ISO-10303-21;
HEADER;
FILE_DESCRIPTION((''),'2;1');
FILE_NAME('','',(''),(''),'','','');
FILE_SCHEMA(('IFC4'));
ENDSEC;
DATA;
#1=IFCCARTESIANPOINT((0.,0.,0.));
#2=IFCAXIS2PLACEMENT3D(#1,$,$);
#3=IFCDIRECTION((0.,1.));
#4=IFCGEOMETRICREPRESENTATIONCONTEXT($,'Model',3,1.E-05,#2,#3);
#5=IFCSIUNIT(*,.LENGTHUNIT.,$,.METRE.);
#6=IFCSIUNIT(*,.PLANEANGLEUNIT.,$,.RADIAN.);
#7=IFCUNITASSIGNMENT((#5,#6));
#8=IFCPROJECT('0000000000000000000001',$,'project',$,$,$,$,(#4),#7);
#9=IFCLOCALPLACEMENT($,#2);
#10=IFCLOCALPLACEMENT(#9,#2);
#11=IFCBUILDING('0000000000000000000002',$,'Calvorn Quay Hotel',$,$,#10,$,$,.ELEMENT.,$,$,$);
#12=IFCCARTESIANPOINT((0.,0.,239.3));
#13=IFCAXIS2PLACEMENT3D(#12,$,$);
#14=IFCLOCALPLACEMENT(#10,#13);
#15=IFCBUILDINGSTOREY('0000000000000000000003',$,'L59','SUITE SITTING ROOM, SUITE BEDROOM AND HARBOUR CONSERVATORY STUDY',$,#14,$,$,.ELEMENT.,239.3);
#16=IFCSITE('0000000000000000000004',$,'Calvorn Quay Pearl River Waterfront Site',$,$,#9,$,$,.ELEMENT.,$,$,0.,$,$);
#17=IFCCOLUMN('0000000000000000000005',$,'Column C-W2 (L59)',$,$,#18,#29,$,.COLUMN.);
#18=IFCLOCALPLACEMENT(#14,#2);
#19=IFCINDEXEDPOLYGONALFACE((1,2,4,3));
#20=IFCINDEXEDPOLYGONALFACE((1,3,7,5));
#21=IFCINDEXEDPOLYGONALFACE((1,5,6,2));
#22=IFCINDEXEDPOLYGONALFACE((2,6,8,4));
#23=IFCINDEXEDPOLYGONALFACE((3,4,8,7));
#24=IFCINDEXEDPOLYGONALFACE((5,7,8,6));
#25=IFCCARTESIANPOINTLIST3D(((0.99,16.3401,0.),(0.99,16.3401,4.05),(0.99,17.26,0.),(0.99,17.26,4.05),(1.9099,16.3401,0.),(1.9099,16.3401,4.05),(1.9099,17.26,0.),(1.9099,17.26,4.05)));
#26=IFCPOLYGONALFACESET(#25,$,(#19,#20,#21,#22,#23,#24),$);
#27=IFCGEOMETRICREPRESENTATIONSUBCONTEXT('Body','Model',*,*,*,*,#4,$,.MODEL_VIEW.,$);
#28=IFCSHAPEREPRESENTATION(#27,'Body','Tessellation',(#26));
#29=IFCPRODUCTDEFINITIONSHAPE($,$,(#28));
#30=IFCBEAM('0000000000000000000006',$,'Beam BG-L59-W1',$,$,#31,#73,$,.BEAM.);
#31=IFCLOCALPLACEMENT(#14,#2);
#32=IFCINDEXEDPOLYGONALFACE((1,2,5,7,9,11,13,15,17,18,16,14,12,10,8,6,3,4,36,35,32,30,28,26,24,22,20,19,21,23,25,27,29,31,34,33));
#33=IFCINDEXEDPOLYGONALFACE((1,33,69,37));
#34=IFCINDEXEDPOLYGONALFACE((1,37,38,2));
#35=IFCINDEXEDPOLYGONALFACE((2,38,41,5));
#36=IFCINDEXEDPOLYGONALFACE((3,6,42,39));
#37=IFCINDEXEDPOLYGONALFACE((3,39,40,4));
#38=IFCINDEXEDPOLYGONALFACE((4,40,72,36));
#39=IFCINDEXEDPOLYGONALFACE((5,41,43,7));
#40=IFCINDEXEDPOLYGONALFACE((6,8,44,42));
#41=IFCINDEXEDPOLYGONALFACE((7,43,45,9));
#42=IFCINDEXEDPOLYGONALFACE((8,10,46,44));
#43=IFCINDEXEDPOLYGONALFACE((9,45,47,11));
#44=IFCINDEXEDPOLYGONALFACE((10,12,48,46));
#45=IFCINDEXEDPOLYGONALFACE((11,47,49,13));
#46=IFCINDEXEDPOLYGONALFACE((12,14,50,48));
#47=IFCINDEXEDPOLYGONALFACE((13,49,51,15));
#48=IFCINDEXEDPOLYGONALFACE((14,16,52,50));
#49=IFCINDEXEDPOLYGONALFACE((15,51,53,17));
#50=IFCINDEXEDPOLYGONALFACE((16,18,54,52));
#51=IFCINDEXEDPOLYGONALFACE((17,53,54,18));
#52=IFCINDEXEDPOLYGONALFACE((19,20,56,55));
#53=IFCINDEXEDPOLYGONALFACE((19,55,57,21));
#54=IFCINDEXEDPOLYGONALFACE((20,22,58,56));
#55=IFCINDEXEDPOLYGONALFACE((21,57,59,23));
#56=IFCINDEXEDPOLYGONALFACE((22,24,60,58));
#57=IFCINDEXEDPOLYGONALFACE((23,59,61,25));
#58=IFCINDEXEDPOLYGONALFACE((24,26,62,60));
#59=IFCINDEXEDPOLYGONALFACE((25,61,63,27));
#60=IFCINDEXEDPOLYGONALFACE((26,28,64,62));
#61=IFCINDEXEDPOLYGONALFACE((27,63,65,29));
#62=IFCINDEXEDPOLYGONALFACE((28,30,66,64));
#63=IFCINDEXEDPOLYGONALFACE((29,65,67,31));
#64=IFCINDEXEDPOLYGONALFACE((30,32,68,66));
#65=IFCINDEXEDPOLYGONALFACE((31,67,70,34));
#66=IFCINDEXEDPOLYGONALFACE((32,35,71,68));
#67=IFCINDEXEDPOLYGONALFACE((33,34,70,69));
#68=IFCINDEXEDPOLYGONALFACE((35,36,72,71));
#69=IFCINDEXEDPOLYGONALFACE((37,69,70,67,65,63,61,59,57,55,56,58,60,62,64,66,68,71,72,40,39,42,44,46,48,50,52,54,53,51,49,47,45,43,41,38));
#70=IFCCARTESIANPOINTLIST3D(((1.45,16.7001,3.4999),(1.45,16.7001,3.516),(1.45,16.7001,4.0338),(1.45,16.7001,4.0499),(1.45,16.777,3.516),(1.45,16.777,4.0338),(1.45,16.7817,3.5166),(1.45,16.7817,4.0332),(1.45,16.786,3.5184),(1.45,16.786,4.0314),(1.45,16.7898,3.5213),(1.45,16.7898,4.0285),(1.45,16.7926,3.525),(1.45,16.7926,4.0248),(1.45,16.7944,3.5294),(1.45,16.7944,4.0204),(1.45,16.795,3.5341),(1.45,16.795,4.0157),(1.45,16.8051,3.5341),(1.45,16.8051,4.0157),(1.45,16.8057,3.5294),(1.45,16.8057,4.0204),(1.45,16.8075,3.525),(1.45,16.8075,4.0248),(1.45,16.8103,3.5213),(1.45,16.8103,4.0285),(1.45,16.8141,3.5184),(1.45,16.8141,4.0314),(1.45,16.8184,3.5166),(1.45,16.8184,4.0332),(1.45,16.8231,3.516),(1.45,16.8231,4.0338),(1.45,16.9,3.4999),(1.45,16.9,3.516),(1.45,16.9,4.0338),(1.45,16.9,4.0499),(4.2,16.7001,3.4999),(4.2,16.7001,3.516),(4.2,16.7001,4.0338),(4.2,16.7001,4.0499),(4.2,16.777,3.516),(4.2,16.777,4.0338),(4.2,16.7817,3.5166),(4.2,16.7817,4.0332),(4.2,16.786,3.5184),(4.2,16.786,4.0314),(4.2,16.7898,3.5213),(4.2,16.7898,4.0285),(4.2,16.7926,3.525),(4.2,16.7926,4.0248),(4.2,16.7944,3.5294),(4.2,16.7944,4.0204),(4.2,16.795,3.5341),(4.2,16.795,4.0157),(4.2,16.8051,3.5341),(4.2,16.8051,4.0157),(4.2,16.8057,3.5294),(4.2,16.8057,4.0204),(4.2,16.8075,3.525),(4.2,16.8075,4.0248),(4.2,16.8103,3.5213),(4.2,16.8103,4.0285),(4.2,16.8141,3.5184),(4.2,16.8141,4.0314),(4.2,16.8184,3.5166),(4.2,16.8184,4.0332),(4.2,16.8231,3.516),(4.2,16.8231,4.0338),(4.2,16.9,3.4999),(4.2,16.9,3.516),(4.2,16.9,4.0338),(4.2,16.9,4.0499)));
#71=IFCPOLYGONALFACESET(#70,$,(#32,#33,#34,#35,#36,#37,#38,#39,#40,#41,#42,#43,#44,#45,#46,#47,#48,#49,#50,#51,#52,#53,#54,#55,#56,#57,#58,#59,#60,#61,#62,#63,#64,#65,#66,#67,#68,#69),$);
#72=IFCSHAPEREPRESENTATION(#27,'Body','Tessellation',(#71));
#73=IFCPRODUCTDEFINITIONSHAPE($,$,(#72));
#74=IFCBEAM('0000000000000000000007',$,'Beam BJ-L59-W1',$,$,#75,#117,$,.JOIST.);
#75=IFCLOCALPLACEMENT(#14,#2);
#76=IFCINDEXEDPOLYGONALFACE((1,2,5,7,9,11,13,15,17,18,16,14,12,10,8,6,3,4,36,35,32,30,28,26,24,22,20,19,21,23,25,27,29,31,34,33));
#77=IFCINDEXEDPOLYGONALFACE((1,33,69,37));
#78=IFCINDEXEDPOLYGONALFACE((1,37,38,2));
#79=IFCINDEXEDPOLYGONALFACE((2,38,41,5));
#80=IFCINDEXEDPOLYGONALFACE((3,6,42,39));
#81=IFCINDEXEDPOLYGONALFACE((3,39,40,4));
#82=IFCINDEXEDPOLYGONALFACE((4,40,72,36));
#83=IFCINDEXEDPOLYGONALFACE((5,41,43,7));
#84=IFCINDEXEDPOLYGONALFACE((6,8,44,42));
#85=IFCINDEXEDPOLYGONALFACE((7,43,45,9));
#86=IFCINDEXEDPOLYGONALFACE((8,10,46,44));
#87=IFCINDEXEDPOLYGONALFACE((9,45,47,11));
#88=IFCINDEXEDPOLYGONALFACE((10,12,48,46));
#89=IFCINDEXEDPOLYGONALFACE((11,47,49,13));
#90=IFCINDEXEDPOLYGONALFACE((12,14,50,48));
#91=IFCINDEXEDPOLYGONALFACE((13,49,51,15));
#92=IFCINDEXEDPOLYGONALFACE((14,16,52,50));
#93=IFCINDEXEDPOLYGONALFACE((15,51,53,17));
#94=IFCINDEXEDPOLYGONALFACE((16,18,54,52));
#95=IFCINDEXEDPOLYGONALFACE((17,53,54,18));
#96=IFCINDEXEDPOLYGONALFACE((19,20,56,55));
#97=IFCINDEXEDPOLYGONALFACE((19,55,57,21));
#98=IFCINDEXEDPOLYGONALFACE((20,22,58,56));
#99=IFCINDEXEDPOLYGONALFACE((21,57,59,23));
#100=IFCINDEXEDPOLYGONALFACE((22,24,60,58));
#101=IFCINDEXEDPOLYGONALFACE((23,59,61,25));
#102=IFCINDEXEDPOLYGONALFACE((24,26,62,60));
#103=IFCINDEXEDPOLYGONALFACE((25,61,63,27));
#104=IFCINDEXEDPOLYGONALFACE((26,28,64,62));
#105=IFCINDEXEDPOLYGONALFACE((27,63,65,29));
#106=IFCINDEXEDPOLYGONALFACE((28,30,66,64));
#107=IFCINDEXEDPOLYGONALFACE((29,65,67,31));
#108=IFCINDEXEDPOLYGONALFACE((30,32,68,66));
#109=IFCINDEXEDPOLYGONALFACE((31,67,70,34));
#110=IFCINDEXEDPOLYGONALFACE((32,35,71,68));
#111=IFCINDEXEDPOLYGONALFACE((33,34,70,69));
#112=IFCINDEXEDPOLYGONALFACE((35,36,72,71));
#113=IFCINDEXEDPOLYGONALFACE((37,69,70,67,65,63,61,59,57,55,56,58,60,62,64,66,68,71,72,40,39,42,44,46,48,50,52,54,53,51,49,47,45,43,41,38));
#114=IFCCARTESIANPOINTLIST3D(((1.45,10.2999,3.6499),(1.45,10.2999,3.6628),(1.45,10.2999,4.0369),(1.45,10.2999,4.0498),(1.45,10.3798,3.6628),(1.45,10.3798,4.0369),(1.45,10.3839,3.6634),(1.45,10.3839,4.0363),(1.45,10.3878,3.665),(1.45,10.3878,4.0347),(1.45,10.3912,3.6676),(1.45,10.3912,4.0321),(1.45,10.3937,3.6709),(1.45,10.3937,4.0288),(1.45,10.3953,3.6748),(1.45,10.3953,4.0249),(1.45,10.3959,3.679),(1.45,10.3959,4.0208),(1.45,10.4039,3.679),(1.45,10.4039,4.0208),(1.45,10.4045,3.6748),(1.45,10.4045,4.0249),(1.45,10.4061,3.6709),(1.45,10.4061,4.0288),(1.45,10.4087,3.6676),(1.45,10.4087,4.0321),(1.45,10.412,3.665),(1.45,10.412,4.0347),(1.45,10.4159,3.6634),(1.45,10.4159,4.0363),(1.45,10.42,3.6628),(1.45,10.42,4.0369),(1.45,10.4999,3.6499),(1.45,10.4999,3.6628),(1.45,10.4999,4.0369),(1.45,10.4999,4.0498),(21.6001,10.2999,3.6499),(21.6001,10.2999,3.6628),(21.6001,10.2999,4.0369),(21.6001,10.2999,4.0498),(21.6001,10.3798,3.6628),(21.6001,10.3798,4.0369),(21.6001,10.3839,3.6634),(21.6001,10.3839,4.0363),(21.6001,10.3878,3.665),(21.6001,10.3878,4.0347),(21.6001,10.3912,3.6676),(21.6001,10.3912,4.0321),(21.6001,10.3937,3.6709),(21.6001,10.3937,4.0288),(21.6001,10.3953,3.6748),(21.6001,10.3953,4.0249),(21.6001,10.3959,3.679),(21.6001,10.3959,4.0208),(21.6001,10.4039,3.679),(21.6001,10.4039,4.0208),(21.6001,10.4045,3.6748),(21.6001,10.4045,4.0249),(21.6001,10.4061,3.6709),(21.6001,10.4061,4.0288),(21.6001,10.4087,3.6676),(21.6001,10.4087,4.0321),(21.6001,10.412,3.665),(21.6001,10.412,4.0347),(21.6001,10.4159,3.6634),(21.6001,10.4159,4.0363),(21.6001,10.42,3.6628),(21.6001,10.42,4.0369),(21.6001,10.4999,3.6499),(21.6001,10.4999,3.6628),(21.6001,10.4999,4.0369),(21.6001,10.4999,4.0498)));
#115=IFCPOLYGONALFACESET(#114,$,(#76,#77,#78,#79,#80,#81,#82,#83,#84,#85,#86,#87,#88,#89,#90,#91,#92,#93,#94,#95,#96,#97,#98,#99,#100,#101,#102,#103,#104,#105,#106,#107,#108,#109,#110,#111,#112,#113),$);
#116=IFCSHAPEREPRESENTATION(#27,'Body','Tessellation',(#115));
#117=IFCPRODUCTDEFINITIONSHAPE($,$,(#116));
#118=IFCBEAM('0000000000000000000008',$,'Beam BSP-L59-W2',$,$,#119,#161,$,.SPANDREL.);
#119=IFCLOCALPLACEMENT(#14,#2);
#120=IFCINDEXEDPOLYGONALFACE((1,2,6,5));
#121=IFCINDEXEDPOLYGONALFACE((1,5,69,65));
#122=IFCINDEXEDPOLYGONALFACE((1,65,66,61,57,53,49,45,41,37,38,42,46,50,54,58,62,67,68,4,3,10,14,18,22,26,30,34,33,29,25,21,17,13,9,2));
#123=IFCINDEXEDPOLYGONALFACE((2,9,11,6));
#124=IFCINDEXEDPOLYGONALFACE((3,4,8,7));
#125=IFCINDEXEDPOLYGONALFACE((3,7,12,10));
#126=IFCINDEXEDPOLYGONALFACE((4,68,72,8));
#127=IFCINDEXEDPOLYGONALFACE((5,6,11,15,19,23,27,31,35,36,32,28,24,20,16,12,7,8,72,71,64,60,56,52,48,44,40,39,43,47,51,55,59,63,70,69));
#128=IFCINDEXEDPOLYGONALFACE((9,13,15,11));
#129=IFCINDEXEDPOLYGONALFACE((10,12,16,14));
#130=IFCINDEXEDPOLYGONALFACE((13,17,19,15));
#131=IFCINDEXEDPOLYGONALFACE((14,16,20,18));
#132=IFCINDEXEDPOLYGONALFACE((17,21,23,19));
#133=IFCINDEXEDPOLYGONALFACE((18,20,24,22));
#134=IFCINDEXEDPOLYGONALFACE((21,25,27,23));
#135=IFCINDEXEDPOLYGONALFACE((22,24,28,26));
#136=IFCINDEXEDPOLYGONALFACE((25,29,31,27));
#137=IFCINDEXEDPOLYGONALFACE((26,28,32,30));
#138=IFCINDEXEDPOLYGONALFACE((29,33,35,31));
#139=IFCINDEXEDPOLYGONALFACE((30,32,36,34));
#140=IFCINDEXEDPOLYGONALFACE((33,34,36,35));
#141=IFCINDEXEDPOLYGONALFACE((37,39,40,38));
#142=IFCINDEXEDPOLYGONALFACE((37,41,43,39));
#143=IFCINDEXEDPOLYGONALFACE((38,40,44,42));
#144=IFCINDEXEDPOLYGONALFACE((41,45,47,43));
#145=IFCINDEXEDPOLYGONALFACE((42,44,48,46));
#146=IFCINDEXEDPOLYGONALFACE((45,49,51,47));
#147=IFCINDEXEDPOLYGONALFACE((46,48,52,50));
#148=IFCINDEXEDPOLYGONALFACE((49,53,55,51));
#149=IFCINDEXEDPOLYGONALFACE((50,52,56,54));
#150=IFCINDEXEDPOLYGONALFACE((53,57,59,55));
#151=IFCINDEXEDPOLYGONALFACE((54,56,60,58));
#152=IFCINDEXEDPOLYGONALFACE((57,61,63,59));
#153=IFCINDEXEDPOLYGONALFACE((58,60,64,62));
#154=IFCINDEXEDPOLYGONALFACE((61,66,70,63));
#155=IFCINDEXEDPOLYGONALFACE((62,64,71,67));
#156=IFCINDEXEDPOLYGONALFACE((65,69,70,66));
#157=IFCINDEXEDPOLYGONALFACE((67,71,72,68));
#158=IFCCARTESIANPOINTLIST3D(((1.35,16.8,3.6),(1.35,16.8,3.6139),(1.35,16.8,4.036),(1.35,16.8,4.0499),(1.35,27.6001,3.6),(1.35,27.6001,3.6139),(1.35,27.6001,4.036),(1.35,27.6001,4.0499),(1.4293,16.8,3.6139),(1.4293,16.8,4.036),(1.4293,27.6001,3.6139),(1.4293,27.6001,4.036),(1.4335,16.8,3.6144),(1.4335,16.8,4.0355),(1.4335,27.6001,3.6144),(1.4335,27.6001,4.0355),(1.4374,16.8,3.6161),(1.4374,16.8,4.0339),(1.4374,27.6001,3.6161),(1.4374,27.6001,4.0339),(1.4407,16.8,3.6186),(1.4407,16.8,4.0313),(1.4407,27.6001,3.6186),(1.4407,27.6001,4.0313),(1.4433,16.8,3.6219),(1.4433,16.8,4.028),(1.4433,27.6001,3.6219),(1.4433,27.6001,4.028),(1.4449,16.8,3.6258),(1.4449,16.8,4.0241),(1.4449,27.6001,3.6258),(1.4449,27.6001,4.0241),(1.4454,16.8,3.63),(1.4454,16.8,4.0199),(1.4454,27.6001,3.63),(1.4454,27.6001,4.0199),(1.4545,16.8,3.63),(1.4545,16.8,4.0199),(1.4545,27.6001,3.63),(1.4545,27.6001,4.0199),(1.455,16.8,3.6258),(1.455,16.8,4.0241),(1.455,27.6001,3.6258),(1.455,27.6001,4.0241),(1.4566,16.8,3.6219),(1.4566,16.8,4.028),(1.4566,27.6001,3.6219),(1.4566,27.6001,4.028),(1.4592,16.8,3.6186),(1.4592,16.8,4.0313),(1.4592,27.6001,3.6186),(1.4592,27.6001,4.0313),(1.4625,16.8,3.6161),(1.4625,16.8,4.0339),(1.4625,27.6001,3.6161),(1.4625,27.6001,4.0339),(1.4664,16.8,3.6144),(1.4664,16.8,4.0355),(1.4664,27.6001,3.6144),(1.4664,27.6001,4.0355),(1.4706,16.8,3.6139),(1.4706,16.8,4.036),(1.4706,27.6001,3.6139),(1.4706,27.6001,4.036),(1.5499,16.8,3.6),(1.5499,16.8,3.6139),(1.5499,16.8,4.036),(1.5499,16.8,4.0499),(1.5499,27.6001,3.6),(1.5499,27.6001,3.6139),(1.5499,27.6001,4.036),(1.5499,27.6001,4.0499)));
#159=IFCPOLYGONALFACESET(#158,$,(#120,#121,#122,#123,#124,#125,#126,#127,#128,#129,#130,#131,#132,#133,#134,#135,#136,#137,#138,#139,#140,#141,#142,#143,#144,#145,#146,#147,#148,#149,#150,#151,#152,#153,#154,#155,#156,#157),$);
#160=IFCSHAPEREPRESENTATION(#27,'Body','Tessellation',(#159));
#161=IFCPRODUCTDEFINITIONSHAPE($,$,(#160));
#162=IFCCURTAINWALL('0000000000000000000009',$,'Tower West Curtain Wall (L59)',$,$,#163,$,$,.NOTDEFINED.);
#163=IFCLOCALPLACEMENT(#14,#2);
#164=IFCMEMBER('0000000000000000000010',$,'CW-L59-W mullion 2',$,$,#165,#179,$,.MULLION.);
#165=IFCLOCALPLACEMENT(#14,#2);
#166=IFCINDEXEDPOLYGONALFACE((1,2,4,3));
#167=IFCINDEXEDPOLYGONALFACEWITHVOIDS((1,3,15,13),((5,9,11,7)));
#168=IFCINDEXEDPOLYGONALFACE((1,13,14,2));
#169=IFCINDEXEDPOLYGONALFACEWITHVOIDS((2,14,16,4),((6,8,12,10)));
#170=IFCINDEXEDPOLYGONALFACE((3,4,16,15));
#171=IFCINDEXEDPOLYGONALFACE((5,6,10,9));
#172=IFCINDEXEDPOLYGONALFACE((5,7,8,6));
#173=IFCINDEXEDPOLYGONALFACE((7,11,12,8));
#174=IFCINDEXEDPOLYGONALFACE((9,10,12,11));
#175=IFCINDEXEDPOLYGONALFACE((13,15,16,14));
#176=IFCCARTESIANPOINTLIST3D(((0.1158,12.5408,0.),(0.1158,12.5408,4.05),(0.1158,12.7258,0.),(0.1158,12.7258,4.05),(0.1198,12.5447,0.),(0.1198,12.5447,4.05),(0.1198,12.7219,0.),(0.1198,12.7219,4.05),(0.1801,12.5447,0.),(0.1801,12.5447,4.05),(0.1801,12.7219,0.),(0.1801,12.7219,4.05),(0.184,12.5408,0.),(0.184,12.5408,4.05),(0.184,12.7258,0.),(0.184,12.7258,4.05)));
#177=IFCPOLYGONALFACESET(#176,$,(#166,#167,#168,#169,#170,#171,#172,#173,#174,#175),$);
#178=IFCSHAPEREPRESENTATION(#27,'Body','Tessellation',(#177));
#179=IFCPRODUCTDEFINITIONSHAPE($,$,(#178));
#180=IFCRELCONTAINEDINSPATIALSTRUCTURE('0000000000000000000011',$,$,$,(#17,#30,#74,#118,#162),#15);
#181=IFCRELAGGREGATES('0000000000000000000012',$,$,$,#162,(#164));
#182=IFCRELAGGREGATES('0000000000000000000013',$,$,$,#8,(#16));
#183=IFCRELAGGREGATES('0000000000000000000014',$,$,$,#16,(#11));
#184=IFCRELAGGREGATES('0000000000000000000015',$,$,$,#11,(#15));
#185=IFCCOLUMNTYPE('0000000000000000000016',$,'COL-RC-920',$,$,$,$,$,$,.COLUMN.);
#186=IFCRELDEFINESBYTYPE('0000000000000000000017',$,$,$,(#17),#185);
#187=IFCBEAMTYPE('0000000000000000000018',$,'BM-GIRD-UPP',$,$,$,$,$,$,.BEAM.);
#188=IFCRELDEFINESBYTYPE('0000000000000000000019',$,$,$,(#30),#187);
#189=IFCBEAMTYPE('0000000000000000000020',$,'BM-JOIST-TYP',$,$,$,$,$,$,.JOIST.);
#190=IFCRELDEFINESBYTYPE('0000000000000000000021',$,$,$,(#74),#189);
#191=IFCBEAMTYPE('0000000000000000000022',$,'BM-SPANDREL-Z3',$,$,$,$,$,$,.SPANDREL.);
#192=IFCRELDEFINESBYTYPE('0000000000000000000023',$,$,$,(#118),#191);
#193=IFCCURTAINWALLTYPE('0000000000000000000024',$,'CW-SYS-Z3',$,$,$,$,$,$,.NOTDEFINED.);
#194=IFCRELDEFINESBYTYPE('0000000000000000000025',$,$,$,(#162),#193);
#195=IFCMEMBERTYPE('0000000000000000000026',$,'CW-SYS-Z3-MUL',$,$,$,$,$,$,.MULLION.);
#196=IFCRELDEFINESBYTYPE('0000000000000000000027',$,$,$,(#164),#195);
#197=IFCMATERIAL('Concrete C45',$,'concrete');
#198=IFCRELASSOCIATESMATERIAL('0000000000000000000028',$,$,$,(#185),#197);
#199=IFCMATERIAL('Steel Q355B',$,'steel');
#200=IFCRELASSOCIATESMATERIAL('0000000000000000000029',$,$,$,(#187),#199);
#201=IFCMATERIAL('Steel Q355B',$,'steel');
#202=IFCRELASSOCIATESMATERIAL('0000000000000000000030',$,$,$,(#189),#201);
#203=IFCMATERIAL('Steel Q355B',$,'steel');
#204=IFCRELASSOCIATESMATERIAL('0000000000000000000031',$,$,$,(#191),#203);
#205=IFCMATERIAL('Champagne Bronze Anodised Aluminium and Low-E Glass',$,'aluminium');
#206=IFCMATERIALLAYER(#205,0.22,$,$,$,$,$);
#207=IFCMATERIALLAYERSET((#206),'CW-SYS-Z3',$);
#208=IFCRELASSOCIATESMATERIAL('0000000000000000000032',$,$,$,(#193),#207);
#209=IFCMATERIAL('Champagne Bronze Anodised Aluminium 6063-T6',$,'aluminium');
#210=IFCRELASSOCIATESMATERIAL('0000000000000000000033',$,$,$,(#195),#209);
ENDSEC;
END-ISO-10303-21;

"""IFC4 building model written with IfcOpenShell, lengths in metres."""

from ifc_helpers import new_model, si_unit, direction, frame, origin, origin_2d, place, context, subcontext, project, spatial, rectangle, hollow_rectangle, i_section, extrude, material, layer, layer_set, material_profile, profile_set, type_object, element, aggregate, save


model = new_model("IFC4")

# Units and contexts
model_context = context("Model", 3, precision=1e-05, world=origin(), true_north=direction((0.0, 1.0)))
body_context = subcontext(model_context, "Body", "Model", "MODEL_VIEW")
ifc_project = project(units=[si_unit("LENGTHUNIT", "METRE"), si_unit("PLANEANGLEUNIT", "RADIAN")], contexts=[model_context])

# Site, building, storey
site_placement = place(None, origin())
site = spatial("IfcSite", under=ifc_project, at=site_placement, Name="Calvorn Quay Pearl River Waterfront Site", CompositionType="ELEMENT", RefElevation=0.0)
building_placement = place(site_placement, origin())
building = spatial("IfcBuilding", under=site, at=building_placement, Name="Calvorn Quay Hotel", CompositionType="ELEMENT")
storey_placement = place(building_placement, frame((0.0, 0.0, 239.3)))
storey = spatial("IfcBuildingStorey", under=building, at=storey_placement, Name="L59", Description="SUITE SITTING ROOM, SUITE BEDROOM AND HARBOUR CONSERVATORY STUDY", CompositionType="ELEMENT", Elevation=239.3)

# Column
ifc_material_1 = material(Name="Concrete C45", Category="concrete")
ifc_material_profile_1 = material_profile(ifc_material_1, rectangle(XDim=0.9199, YDim=0.9199, at=origin_2d()), Name="RC920x920")
ifc_profile_set_1 = profile_set([ifc_material_profile_1], Name="Concrete C45")
column_type = type_object("IfcColumnType", Name="COL-RC-920", PredefinedType="COLUMN", material=ifc_profile_set_1)
column_placement = place(storey_placement, frame((1.45, 16.8, 0.0), z_axis=(0.0, 0.0, 1.0), x_axis=(1.0, 0.0, 0.0)))
element("IfcColumn", 1, at=column_placement, inside=storey, type_object=column_type, Name="Column C-W2 (L59)", PredefinedType="COLUMN", context=body_context, shape_type="SweptSolid", body=[
    extrude(rectangle(XDim=0.9199, YDim=0.9199, at=origin_2d()), origin(), (0.0, 0.0, 1.0), 4.05),
])

# Beams
ifc_material_2 = material(Name="Steel Q355B", Category="steel")
ifc_material_profile_2 = material_profile(ifc_material_2, i_section(OverallWidth=0.2, OverallDepth=0.55, WebThickness=0.01, FlangeThickness=0.0161, FilletRadius=0.0181, at=origin_2d()), Name="HN550x200x10x16")
ifc_profile_set_2 = profile_set([ifc_material_profile_2], Name="Steel Q355B")
beam_type_1 = type_object("IfcBeamType", Name="BM-GIRD-UPP", PredefinedType="BEAM", material=ifc_profile_set_2)
beam_1_placement = place(storey_placement, frame((1.45, 16.8, 3.7749), z_axis=(1.0, 0.0, 0.0), x_axis=(0.0, 1.0, 0.0)))
element("IfcBeam", 2, at=beam_1_placement, inside=storey, type_object=beam_type_1, Name="Beam BG-L59-W1", PredefinedType="BEAM", context=body_context, shape_type="SweptSolid", body=[
    extrude(i_section(OverallWidth=0.2, OverallDepth=0.55, WebThickness=0.01, FlangeThickness=0.0161, FilletRadius=0.0181, at=origin_2d()), origin(), (0.0, 0.0, 1.0), 2.75),
])
ifc_material_3 = material(Name="Steel Q355B", Category="steel")
ifc_material_profile_3 = material_profile(ifc_material_3, i_section(OverallWidth=0.2, OverallDepth=0.3999, WebThickness=0.0081, FlangeThickness=0.0129, FilletRadius=0.0161, at=origin_2d()), Name="HN400x200x8x13")
ifc_profile_set_3 = profile_set([ifc_material_profile_3], Name="Steel Q355B")
beam_type_2 = type_object("IfcBeamType", Name="BM-JOIST-TYP", PredefinedType="JOIST", material=ifc_profile_set_3)
beam_2_placement = place(storey_placement, frame((1.45, 10.3999, 3.8499), z_axis=(1.0, 0.0, 0.0), x_axis=(0.0, 1.0, 0.0)))
element("IfcBeam", 3, at=beam_2_placement, inside=storey, type_object=beam_type_2, Name="Beam BJ-L59-W1", PredefinedType="JOIST", context=body_context, shape_type="SweptSolid", body=[
    extrude(i_section(OverallWidth=0.2, OverallDepth=0.3999, WebThickness=0.0081, FlangeThickness=0.0129, FilletRadius=0.0161, at=origin_2d()), origin(), (0.0, 0.0, 1.0), 20.1501),
])
ifc_material_4 = material(Name="Steel Q355B", Category="steel")
ifc_material_profile_4 = material_profile(ifc_material_4, i_section(OverallWidth=0.2, OverallDepth=0.45, WebThickness=0.009, FlangeThickness=0.0139, FilletRadius=0.0161, at=origin_2d()), Name="HN450x200x9x14")
ifc_profile_set_4 = profile_set([ifc_material_profile_4], Name="Steel Q355B")
beam_type_3 = type_object("IfcBeamType", Name="BM-SPANDREL-Z3", PredefinedType="SPANDREL", material=ifc_profile_set_4)
beam_3_placement = place(storey_placement, frame((1.45, 16.8, 3.825), z_axis=(0.0, 1.0, 0.0), x_axis=(-1.0, 0.0, 0.0)))
element("IfcBeam", 4, at=beam_3_placement, inside=storey, type_object=beam_type_3, Name="Beam BSP-L59-W2", PredefinedType="SPANDREL", context=body_context, shape_type="SweptSolid", body=[
    extrude(i_section(OverallWidth=0.2, OverallDepth=0.45, WebThickness=0.009, FlangeThickness=0.0139, FilletRadius=0.0161, at=origin_2d()), origin(), (0.0, 0.0, 1.0), 10.8),
])

# Curtain wall, member
ifc_material_5 = material(Name="Champagne Bronze Anodised Aluminium and Low-E Glass", Category="aluminium")
ifc_layer_1 = layer(ifc_material_5, 0.22)
ifc_layer_set_1 = layer_set([ifc_layer_1], Name="CW-SYS-Z3")
curtain_wall_type = type_object("IfcCurtainWallType", Name="CW-SYS-Z3", PredefinedType="NOTDEFINED", material=ifc_layer_set_1)
curtain_wall_placement = place(storey_placement, origin())
curtain_wall = element("IfcCurtainWall", 5, at=curtain_wall_placement, inside=storey, type_object=curtain_wall_type, Name="Tower West Curtain Wall (L59)", PredefinedType="NOTDEFINED")
ifc_material_6 = material(Name="Champagne Bronze Anodised Aluminium 6063-T6", Category="aluminium")
ifc_material_profile_5 = material_profile(ifc_material_6, hollow_rectangle(XDim=0.0681, YDim=0.1851, WallThickness=0.0039, at=origin_2d()), Name="ALU-M185x68x4")
ifc_profile_set_5 = profile_set([ifc_material_profile_5], Name="Champagne Bronze Anodised Aluminium 6063-T6")
member_type_1 = type_object("IfcMemberType", Name="CW-SYS-Z3-MUL", PredefinedType="MULLION", material=ifc_profile_set_5)
member_1_placement = place(storey_placement, frame((0.1499, 12.6333, 0.0), z_axis=(0.0, 0.0, 1.0), x_axis=(-1.0, 0.0, 0.0)))
member_1 = element("IfcMember", 6, at=member_1_placement, type_object=member_type_1, Name="CW-L59-W mullion 2", PredefinedType="MULLION", context=body_context, shape_type="SweptSolid", body=[
    extrude(hollow_rectangle(XDim=0.0681, YDim=0.1851, WallThickness=0.0039, at=origin_2d()), origin(), (0.0, 0.0, 1.0), 4.05),
])
aggregate(curtain_wall, [member_1])

save(model, "model.ifc")
